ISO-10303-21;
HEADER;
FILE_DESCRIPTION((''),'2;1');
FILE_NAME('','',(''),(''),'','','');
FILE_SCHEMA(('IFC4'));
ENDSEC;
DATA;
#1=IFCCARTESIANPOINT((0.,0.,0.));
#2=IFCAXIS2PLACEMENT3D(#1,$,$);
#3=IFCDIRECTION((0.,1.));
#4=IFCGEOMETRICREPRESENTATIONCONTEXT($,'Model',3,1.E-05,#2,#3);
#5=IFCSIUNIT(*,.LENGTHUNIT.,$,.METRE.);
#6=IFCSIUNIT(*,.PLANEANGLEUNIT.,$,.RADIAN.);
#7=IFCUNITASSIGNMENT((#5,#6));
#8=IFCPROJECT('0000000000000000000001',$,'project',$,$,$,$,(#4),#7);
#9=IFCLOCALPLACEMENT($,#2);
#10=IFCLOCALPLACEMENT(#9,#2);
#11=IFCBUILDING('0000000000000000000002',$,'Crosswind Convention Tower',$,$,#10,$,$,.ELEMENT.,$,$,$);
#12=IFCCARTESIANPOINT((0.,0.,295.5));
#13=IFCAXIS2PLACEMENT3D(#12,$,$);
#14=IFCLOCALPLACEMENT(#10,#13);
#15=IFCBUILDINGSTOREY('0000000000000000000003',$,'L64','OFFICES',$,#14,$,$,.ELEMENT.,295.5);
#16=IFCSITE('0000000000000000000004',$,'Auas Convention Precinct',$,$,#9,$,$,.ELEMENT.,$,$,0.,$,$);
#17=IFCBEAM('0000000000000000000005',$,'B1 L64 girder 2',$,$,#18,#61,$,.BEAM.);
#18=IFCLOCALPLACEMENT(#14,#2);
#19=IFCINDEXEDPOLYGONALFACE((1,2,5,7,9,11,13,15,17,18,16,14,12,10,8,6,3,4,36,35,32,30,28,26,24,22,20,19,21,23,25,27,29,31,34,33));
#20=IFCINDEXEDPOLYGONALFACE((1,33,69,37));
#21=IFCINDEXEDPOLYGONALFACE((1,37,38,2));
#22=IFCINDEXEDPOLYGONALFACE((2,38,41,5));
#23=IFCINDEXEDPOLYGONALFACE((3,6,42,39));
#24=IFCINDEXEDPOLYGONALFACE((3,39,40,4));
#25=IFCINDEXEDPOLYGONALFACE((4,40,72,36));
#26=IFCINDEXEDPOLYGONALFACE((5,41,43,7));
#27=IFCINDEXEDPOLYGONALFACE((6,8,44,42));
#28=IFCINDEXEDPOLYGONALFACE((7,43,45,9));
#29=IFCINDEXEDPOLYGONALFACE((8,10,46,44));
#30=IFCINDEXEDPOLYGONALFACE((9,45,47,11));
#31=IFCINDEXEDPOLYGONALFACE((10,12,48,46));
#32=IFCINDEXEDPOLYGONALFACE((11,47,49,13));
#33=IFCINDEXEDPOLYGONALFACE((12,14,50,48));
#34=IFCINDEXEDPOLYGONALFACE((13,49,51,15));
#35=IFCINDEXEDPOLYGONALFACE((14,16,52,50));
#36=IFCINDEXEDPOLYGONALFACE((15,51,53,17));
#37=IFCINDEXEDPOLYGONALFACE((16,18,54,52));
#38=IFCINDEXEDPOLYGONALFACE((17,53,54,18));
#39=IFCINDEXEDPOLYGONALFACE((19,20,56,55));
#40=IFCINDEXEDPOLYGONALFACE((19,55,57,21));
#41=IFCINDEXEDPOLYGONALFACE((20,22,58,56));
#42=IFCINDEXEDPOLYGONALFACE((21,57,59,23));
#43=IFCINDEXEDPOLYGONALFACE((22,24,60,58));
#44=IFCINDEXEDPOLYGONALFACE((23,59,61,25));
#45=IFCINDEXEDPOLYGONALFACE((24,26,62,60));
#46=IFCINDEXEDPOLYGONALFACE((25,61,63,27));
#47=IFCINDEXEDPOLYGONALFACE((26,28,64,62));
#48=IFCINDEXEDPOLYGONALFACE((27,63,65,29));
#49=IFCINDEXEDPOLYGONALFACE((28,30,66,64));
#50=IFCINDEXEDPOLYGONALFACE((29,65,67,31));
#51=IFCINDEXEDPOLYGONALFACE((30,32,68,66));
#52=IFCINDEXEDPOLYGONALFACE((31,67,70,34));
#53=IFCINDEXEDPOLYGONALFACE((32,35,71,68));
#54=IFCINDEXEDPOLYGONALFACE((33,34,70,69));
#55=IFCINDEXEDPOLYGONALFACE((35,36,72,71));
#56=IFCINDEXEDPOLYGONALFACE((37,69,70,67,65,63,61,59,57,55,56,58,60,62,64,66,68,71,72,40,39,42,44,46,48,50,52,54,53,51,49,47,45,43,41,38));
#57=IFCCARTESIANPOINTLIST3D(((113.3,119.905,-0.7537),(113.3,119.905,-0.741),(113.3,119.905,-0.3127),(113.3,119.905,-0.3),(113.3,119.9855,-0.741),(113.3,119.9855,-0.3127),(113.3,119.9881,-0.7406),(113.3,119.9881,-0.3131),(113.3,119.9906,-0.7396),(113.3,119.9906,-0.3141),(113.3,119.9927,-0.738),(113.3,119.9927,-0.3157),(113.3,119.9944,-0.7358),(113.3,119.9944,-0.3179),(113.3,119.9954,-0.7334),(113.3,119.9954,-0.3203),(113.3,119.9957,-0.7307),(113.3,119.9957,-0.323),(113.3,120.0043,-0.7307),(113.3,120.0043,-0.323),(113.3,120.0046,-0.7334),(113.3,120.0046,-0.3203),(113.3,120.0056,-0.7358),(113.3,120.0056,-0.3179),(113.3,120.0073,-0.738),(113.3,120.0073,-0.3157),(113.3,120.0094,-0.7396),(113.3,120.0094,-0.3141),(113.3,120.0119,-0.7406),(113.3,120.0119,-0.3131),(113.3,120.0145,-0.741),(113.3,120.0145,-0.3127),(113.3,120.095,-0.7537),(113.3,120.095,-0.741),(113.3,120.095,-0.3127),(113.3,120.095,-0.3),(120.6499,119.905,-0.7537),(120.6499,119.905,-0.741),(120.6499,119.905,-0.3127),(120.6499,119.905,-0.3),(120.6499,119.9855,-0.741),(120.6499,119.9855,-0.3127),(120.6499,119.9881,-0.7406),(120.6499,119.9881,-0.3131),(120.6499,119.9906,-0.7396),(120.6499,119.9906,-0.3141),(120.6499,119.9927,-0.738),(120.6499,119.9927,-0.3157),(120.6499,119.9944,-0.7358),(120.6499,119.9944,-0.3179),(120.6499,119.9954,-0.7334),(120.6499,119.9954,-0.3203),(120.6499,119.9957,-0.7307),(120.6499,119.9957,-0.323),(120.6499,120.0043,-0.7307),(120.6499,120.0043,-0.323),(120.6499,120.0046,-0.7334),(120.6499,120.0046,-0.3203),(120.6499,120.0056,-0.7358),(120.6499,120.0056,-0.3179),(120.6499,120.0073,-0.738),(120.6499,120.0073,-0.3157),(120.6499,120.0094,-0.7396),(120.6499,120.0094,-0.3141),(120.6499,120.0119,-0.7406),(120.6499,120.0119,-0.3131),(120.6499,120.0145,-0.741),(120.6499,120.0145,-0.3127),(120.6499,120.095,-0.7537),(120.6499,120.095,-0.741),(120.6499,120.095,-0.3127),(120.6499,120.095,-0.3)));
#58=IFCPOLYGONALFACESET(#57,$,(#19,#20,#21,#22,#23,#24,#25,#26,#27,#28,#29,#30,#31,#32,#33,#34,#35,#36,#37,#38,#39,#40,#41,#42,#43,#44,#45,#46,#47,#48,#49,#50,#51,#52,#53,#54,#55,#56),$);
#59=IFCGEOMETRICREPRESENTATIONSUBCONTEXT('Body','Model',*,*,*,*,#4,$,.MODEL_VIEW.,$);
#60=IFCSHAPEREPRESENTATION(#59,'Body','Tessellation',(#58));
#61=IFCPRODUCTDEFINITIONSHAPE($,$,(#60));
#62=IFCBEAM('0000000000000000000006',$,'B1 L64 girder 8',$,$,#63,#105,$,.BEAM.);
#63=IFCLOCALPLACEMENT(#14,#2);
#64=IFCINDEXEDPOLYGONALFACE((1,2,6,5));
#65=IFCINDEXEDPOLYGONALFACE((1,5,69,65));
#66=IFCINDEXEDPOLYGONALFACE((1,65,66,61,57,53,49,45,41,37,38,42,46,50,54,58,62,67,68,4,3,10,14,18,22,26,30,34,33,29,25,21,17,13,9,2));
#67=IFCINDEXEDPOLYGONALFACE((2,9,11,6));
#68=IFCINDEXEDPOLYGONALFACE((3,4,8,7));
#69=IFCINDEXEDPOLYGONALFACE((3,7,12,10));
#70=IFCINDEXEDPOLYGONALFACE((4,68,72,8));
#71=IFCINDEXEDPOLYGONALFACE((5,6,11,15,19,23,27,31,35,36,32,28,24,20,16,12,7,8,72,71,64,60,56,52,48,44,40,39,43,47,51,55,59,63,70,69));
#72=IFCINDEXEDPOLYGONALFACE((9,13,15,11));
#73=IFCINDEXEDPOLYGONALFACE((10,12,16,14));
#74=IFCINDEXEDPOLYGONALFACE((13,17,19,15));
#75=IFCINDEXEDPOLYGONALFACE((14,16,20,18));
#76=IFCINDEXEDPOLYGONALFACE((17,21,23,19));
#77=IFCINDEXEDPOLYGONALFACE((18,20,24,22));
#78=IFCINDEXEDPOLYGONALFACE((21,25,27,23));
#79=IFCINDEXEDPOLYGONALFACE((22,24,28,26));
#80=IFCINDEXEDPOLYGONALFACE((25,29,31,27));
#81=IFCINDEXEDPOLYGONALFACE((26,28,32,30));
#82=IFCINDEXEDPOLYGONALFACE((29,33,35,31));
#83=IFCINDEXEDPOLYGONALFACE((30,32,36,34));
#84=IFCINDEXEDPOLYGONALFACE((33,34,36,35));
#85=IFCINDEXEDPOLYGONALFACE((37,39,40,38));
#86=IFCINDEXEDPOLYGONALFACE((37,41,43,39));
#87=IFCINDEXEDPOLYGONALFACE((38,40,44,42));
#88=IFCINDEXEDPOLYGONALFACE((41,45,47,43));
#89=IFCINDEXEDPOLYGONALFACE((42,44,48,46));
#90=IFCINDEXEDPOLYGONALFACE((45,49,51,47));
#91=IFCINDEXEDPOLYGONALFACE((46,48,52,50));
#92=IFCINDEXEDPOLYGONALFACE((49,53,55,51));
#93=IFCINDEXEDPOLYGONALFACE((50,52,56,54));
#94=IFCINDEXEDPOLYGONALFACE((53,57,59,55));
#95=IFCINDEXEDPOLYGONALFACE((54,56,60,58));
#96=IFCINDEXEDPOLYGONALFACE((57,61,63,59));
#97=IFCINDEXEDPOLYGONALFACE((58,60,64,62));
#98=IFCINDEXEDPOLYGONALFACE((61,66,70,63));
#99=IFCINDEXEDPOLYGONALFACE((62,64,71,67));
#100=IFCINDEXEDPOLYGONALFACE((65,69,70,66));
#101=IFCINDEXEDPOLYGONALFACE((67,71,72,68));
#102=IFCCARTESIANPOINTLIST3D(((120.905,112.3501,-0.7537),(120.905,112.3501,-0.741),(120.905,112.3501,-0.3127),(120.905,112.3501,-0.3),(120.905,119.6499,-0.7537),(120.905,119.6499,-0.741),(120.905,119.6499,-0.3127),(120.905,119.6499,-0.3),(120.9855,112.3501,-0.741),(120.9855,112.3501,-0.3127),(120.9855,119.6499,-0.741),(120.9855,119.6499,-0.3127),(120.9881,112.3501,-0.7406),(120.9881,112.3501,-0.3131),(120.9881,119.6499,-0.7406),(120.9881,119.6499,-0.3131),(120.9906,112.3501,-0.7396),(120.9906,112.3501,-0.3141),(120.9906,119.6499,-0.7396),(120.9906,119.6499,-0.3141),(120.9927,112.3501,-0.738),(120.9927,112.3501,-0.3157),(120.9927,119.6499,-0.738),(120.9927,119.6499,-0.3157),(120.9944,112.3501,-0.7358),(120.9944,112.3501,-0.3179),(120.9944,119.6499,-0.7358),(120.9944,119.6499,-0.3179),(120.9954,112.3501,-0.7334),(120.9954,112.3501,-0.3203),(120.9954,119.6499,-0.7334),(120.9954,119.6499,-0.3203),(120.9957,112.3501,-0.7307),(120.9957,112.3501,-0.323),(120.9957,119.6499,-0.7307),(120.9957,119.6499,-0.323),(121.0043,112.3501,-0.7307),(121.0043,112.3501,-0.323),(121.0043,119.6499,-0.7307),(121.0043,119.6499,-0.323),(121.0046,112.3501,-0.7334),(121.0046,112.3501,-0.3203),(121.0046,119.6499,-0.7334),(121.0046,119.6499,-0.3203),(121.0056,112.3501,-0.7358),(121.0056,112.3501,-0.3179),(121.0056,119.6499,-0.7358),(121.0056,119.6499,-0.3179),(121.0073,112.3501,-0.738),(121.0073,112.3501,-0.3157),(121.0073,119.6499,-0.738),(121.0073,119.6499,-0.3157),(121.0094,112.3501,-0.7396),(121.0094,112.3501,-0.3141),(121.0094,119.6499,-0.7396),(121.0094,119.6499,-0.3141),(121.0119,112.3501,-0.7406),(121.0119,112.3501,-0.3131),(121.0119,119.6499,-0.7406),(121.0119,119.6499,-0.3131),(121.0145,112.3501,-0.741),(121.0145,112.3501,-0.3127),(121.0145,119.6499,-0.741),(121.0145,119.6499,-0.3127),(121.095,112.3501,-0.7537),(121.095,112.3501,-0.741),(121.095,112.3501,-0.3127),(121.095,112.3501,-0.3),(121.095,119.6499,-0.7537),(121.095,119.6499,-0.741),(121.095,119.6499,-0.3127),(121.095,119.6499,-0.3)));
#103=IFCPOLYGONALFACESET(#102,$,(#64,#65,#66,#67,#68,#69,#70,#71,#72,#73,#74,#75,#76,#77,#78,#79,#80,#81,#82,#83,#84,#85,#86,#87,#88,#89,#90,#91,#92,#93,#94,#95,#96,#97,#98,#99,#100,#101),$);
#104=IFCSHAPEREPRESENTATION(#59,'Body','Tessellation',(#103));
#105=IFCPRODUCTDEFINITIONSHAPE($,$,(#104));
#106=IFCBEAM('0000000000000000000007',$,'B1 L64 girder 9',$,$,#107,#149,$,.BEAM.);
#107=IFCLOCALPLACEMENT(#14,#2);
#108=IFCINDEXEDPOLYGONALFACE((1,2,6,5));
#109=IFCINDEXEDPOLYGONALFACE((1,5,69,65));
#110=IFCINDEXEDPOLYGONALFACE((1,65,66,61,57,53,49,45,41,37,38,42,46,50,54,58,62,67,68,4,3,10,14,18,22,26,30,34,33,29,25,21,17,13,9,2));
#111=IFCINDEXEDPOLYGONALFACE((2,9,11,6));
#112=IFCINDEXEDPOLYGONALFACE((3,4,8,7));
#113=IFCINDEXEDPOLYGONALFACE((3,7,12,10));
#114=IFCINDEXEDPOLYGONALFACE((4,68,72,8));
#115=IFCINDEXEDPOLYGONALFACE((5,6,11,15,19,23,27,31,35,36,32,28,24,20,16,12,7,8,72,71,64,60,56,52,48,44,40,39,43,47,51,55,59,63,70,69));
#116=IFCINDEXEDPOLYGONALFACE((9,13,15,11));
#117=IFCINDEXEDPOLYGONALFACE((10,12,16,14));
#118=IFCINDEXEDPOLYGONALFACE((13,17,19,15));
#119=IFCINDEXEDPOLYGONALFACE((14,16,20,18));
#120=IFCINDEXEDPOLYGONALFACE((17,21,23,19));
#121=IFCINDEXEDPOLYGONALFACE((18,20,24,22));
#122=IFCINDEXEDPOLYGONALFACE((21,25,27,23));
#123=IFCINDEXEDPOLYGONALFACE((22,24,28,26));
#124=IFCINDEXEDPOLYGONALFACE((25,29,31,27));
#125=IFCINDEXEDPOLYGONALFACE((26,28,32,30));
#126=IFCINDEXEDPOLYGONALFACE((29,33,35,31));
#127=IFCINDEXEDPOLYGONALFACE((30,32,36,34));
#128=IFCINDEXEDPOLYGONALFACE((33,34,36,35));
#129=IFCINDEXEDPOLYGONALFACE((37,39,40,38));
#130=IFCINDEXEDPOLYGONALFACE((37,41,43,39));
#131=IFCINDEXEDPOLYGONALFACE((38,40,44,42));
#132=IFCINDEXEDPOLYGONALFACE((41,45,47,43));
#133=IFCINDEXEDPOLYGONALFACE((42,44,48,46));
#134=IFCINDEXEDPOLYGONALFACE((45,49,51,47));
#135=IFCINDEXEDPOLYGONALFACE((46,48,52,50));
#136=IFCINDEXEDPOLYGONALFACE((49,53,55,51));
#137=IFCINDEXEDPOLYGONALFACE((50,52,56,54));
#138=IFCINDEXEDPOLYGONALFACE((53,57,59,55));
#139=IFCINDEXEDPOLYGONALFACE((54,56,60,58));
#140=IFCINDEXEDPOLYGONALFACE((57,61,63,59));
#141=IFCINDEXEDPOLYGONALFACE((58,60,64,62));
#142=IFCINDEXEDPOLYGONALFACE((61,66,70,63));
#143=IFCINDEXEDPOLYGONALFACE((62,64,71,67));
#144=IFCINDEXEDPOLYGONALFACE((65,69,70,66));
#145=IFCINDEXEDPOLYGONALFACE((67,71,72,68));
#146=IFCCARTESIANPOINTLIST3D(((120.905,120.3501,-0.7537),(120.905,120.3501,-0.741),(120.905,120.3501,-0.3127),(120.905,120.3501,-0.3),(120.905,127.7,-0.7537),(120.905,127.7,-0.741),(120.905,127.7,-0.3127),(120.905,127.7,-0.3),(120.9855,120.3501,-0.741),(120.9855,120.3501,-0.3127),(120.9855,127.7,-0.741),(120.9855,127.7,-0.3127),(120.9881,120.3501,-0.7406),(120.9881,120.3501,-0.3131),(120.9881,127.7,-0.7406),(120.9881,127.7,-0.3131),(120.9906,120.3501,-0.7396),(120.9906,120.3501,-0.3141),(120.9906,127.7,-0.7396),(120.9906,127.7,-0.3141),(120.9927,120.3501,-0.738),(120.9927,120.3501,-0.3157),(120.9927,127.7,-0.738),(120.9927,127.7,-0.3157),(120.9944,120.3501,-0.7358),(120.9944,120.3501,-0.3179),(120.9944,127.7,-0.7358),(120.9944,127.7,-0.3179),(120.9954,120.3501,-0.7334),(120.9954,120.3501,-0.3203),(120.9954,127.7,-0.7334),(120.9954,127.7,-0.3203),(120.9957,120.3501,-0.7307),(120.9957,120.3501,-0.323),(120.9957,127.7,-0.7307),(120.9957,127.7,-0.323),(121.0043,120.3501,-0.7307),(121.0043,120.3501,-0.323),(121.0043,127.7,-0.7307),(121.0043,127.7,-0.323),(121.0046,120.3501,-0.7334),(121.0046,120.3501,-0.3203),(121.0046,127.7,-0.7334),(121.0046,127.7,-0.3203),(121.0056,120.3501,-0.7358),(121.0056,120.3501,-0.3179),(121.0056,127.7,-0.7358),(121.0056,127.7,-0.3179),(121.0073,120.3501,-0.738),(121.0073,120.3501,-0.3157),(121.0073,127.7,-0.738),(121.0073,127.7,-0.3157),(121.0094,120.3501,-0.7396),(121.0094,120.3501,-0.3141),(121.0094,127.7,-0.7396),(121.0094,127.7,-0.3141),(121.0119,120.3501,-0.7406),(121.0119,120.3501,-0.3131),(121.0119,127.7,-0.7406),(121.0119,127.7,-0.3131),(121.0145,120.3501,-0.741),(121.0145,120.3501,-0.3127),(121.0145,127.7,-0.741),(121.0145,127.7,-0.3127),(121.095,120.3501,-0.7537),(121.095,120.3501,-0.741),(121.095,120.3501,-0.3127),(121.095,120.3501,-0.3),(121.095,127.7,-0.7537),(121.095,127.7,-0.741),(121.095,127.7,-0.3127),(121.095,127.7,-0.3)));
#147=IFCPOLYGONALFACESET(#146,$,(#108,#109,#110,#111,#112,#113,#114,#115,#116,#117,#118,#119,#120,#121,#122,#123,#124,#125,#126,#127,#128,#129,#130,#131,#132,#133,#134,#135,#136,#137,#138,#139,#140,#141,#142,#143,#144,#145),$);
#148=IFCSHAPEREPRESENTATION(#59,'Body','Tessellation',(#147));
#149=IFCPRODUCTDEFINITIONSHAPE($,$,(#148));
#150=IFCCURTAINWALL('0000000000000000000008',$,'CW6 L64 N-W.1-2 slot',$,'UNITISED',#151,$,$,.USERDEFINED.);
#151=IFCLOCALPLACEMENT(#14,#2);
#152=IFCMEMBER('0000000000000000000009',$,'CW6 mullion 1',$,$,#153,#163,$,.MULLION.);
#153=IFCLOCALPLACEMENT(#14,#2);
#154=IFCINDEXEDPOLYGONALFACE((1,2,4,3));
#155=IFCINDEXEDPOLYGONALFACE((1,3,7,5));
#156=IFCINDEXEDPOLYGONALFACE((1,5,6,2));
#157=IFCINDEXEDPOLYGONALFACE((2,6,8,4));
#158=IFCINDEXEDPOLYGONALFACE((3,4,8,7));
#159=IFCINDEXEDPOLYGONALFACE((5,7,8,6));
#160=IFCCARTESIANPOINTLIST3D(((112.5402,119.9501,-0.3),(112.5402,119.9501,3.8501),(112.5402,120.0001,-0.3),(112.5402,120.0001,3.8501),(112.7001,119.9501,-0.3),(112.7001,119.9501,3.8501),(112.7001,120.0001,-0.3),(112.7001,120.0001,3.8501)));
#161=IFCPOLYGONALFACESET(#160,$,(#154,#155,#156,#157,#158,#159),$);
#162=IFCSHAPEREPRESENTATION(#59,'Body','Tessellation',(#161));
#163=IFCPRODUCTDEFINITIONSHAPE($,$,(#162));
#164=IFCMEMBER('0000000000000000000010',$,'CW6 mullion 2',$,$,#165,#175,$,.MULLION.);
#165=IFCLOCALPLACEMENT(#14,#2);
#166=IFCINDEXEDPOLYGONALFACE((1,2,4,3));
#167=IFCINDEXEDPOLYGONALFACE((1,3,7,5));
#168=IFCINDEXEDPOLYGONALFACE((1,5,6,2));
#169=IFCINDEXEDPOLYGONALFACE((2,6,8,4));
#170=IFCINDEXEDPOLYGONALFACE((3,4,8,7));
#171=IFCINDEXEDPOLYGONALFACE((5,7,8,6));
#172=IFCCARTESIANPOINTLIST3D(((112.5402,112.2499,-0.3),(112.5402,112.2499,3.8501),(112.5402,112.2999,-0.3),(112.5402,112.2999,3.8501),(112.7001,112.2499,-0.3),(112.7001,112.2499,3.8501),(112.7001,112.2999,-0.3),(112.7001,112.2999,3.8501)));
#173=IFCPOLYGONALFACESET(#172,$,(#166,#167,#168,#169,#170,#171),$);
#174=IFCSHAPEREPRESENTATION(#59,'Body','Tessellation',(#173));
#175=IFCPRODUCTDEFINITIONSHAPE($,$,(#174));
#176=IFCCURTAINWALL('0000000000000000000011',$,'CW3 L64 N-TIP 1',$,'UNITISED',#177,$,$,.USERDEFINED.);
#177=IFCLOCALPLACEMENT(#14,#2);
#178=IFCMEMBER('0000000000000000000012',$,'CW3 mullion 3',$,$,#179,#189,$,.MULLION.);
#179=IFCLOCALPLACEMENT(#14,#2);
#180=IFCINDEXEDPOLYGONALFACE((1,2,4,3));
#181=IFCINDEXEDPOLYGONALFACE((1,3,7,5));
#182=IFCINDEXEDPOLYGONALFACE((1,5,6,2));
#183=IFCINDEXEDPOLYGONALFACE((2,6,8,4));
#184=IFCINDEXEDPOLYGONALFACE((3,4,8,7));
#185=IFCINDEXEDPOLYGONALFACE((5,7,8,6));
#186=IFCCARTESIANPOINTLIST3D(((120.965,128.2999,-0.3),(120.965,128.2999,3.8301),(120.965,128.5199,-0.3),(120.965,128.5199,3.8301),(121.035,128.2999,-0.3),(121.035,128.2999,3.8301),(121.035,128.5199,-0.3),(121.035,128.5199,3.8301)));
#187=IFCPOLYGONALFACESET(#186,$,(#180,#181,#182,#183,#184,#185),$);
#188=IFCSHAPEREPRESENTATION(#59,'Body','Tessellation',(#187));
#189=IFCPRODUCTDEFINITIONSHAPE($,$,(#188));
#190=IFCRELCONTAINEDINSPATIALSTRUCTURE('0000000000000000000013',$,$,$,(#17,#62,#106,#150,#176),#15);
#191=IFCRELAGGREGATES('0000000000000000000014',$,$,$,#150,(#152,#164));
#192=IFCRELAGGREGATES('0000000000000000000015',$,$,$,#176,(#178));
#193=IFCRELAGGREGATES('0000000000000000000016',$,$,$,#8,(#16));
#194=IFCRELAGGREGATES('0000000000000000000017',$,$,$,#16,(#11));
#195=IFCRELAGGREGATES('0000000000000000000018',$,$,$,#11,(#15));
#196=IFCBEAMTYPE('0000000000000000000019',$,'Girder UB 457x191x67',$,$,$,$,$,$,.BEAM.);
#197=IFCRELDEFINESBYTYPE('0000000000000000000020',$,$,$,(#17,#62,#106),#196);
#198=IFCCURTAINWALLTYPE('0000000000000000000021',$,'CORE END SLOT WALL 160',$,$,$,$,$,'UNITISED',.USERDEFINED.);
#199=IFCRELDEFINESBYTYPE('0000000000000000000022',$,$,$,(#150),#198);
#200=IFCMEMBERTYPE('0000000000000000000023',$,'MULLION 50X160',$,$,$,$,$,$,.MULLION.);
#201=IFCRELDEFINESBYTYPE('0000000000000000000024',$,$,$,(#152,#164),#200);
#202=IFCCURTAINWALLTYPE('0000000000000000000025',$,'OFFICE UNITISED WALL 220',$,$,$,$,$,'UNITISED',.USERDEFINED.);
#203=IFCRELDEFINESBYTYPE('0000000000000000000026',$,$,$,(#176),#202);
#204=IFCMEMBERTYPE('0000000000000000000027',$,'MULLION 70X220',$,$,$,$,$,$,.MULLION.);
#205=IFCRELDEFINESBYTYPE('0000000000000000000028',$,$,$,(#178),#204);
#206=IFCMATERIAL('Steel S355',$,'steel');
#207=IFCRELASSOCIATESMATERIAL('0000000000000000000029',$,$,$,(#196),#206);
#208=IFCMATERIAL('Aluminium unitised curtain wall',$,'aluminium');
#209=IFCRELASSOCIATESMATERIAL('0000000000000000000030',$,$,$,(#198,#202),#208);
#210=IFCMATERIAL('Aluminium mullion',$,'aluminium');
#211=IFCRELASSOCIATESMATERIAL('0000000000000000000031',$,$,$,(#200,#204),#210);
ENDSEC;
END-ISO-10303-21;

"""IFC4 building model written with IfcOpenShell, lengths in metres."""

from ifc_helpers import new_model, si_unit, direction, frame, origin, origin_2d, place, context, subcontext, project, spatial, rectangle, i_section, extrude, material, material_profile, profile_set, type_object, element, aggregate, save


model = new_model("IFC4")

# Units and contexts
model_context = context("Model", 3, precision=1e-05, world=origin(), true_north=direction((0.0, 1.0)))
body_context = subcontext(model_context, "Body", "Model", "MODEL_VIEW")
ifc_project = project(units=[si_unit("LENGTHUNIT", "METRE"), si_unit("PLANEANGLEUNIT", "RADIAN")], contexts=[model_context])

# Site, building, storey
site_placement = place(None, origin())
site = spatial("IfcSite", under=ifc_project, at=site_placement, Name="Auas Convention Precinct", CompositionType="ELEMENT", RefElevation=0.0)
building_placement = place(site_placement, origin())
building = spatial("IfcBuilding", under=site, at=building_placement, Name="Crosswind Convention Tower", CompositionType="ELEMENT")
storey_placement = place(building_placement, frame((0.0, 0.0, 295.5)))
storey = spatial("IfcBuildingStorey", under=building, at=storey_placement, Name="L64", Description="OFFICES", CompositionType="ELEMENT", Elevation=295.5)

# Beams
ifc_material_1 = material(Name="Steel S355", Category="steel")
ifc_material_profile_1 = material_profile(ifc_material_1, i_section(OverallWidth=0.1899, OverallDepth=0.4536, WebThickness=0.0085, FlangeThickness=0.0127, FilletRadius=0.0103, at=origin_2d()), Name="UB 457x191x67")
ifc_profile_set_1 = profile_set([ifc_material_profile_1], Name="Steel S355")
beam_type_1 = type_object("IfcBeamType", Name="Girder UB 457x191x67", PredefinedType="BEAM", material=ifc_profile_set_1)
beam_1_placement = place(storey_placement, frame((113.3, 120.0, -0.5269), z_axis=(1.0, 0.0, 0.0), x_axis=(0.0, 1.0, 0.0)))
element("IfcBeam", 1, at=beam_1_placement, inside=storey, type_object=beam_type_1, Name="B1 L64 girder 2", PredefinedType="BEAM", context=body_context, shape_type="SweptSolid", body=[
    extrude(i_section(OverallWidth=0.1899, OverallDepth=0.4536, WebThickness=0.0085, FlangeThickness=0.0127, FilletRadius=0.0103, at=origin_2d()), origin(), (0.0, 0.0, 1.0), 7.3499),
])
beam_2_placement = place(storey_placement, frame((121.0, 112.3501, -0.5269), z_axis=(0.0, 1.0, 0.0), x_axis=(-1.0, 0.0, 0.0)))
element("IfcBeam", 2, at=beam_2_placement, inside=storey, type_object=beam_type_1, Name="B1 L64 girder 8", PredefinedType="BEAM", context=body_context, shape_type="SweptSolid", body=[
    extrude(i_section(OverallWidth=0.1899, OverallDepth=0.4536, WebThickness=0.0085, FlangeThickness=0.0127, FilletRadius=0.0103, at=origin_2d()), origin(), (0.0, 0.0, 1.0), 7.2998),
])
beam_3_placement = place(storey_placement, frame((121.0, 120.3501, -0.5269), z_axis=(0.0, 1.0, 0.0), x_axis=(-1.0, 0.0, 0.0)))
element("IfcBeam", 3, at=beam_3_placement, inside=storey, type_object=beam_type_1, Name="B1 L64 girder 9", PredefinedType="BEAM", context=body_context, shape_type="SweptSolid", body=[
    extrude(i_section(OverallWidth=0.1899, OverallDepth=0.4536, WebThickness=0.0085, FlangeThickness=0.0127, FilletRadius=0.0103, at=origin_2d()), origin(), (0.0, 0.0, 1.0), 7.3499),
])

# Curtain walls, members
ifc_material_2 = material(Name="Aluminium unitised curtain wall", Category="aluminium")
curtain_wall_type_1 = type_object("IfcCurtainWallType", Name="CORE END SLOT WALL 160", ElementType="UNITISED", PredefinedType="USERDEFINED", material=ifc_material_2)
curtain_wall_1_placement = place(storey_placement, origin())
curtain_wall_1 = element("IfcCurtainWall", 4, at=curtain_wall_1_placement, inside=storey, type_object=curtain_wall_type_1, Name="CW6 L64 N-W.1-2 slot", ObjectType="UNITISED", PredefinedType="USERDEFINED")
ifc_material_3 = material(Name="Aluminium mullion", Category="aluminium")
ifc_material_profile_2 = material_profile(ifc_material_3, rectangle(XDim=0.1599, YDim=0.05, at=origin_2d()), Name="AL 160X50")
ifc_profile_set_2 = profile_set([ifc_material_profile_2], Name="Aluminium mullion")
member_type_1 = type_object("IfcMemberType", Name="MULLION 50X160", PredefinedType="MULLION", material=ifc_profile_set_2)
member_1_placement = place(storey_placement, frame((112.6201, 119.9751, -0.3), z_axis=(0.0, 0.0, 1.0), x_axis=(-1.0, 0.0, 0.0)))
member_1 = element("IfcMember", 5, at=member_1_placement, type_object=member_type_1, Name="CW6 mullion 1", PredefinedType="MULLION", context=body_context, shape_type="SweptSolid", body=[
    extrude(rectangle(XDim=0.1599, YDim=0.05, at=origin_2d()), origin(), (0.0, 0.0, 1.0), 4.1501),
])
member_2_placement = place(storey_placement, frame((112.6201, 112.2749, -0.3), z_axis=(0.0, 0.0, 1.0), x_axis=(-1.0, 0.0, 0.0)))
member_2 = element("IfcMember", 6, at=member_2_placement, type_object=member_type_1, Name="CW6 mullion 2", PredefinedType="MULLION", context=body_context, shape_type="SweptSolid", body=[
    extrude(rectangle(XDim=0.1599, YDim=0.05, at=origin_2d()), origin(), (0.0, 0.0, 1.0), 4.1501),
])
curtain_wall_type_2 = type_object("IfcCurtainWallType", Name="OFFICE UNITISED WALL 220", ElementType="UNITISED", PredefinedType="USERDEFINED", material=ifc_material_2)
curtain_wall_2_placement = place(storey_placement, origin())
curtain_wall_2 = element("IfcCurtainWall", 7, at=curtain_wall_2_placement, inside=storey, type_object=curtain_wall_type_2, Name="CW3 L64 N-TIP 1", ObjectType="UNITISED", PredefinedType="USERDEFINED")
ifc_material_profile_3 = material_profile(ifc_material_3, rectangle(XDim=0.22, YDim=0.0701, at=origin_2d()), Name="AL 220X70")
ifc_profile_set_3 = profile_set([ifc_material_profile_3], Name="Aluminium mullion")
member_type_2 = type_object("IfcMemberType", Name="MULLION 70X220", PredefinedType="MULLION", material=ifc_profile_set_3)
member_3_placement = place(storey_placement, frame((121.0, 128.4099, -0.3), z_axis=(0.0, 0.0, 1.0), x_axis=(0.0, 1.0, 0.0)))
member_3 = element("IfcMember", 8, at=member_3_placement, type_object=member_type_2, Name="CW3 mullion 3", PredefinedType="MULLION", context=body_context, shape_type="SweptSolid", body=[
    extrude(rectangle(XDim=0.22, YDim=0.0701, at=origin_2d()), origin(), (0.0, 0.0, 1.0), 4.1301),
])

aggregate(curtain_wall_1, [member_1, member_2])
aggregate(curtain_wall_2, [member_3])

save(model, "model.ifc")
